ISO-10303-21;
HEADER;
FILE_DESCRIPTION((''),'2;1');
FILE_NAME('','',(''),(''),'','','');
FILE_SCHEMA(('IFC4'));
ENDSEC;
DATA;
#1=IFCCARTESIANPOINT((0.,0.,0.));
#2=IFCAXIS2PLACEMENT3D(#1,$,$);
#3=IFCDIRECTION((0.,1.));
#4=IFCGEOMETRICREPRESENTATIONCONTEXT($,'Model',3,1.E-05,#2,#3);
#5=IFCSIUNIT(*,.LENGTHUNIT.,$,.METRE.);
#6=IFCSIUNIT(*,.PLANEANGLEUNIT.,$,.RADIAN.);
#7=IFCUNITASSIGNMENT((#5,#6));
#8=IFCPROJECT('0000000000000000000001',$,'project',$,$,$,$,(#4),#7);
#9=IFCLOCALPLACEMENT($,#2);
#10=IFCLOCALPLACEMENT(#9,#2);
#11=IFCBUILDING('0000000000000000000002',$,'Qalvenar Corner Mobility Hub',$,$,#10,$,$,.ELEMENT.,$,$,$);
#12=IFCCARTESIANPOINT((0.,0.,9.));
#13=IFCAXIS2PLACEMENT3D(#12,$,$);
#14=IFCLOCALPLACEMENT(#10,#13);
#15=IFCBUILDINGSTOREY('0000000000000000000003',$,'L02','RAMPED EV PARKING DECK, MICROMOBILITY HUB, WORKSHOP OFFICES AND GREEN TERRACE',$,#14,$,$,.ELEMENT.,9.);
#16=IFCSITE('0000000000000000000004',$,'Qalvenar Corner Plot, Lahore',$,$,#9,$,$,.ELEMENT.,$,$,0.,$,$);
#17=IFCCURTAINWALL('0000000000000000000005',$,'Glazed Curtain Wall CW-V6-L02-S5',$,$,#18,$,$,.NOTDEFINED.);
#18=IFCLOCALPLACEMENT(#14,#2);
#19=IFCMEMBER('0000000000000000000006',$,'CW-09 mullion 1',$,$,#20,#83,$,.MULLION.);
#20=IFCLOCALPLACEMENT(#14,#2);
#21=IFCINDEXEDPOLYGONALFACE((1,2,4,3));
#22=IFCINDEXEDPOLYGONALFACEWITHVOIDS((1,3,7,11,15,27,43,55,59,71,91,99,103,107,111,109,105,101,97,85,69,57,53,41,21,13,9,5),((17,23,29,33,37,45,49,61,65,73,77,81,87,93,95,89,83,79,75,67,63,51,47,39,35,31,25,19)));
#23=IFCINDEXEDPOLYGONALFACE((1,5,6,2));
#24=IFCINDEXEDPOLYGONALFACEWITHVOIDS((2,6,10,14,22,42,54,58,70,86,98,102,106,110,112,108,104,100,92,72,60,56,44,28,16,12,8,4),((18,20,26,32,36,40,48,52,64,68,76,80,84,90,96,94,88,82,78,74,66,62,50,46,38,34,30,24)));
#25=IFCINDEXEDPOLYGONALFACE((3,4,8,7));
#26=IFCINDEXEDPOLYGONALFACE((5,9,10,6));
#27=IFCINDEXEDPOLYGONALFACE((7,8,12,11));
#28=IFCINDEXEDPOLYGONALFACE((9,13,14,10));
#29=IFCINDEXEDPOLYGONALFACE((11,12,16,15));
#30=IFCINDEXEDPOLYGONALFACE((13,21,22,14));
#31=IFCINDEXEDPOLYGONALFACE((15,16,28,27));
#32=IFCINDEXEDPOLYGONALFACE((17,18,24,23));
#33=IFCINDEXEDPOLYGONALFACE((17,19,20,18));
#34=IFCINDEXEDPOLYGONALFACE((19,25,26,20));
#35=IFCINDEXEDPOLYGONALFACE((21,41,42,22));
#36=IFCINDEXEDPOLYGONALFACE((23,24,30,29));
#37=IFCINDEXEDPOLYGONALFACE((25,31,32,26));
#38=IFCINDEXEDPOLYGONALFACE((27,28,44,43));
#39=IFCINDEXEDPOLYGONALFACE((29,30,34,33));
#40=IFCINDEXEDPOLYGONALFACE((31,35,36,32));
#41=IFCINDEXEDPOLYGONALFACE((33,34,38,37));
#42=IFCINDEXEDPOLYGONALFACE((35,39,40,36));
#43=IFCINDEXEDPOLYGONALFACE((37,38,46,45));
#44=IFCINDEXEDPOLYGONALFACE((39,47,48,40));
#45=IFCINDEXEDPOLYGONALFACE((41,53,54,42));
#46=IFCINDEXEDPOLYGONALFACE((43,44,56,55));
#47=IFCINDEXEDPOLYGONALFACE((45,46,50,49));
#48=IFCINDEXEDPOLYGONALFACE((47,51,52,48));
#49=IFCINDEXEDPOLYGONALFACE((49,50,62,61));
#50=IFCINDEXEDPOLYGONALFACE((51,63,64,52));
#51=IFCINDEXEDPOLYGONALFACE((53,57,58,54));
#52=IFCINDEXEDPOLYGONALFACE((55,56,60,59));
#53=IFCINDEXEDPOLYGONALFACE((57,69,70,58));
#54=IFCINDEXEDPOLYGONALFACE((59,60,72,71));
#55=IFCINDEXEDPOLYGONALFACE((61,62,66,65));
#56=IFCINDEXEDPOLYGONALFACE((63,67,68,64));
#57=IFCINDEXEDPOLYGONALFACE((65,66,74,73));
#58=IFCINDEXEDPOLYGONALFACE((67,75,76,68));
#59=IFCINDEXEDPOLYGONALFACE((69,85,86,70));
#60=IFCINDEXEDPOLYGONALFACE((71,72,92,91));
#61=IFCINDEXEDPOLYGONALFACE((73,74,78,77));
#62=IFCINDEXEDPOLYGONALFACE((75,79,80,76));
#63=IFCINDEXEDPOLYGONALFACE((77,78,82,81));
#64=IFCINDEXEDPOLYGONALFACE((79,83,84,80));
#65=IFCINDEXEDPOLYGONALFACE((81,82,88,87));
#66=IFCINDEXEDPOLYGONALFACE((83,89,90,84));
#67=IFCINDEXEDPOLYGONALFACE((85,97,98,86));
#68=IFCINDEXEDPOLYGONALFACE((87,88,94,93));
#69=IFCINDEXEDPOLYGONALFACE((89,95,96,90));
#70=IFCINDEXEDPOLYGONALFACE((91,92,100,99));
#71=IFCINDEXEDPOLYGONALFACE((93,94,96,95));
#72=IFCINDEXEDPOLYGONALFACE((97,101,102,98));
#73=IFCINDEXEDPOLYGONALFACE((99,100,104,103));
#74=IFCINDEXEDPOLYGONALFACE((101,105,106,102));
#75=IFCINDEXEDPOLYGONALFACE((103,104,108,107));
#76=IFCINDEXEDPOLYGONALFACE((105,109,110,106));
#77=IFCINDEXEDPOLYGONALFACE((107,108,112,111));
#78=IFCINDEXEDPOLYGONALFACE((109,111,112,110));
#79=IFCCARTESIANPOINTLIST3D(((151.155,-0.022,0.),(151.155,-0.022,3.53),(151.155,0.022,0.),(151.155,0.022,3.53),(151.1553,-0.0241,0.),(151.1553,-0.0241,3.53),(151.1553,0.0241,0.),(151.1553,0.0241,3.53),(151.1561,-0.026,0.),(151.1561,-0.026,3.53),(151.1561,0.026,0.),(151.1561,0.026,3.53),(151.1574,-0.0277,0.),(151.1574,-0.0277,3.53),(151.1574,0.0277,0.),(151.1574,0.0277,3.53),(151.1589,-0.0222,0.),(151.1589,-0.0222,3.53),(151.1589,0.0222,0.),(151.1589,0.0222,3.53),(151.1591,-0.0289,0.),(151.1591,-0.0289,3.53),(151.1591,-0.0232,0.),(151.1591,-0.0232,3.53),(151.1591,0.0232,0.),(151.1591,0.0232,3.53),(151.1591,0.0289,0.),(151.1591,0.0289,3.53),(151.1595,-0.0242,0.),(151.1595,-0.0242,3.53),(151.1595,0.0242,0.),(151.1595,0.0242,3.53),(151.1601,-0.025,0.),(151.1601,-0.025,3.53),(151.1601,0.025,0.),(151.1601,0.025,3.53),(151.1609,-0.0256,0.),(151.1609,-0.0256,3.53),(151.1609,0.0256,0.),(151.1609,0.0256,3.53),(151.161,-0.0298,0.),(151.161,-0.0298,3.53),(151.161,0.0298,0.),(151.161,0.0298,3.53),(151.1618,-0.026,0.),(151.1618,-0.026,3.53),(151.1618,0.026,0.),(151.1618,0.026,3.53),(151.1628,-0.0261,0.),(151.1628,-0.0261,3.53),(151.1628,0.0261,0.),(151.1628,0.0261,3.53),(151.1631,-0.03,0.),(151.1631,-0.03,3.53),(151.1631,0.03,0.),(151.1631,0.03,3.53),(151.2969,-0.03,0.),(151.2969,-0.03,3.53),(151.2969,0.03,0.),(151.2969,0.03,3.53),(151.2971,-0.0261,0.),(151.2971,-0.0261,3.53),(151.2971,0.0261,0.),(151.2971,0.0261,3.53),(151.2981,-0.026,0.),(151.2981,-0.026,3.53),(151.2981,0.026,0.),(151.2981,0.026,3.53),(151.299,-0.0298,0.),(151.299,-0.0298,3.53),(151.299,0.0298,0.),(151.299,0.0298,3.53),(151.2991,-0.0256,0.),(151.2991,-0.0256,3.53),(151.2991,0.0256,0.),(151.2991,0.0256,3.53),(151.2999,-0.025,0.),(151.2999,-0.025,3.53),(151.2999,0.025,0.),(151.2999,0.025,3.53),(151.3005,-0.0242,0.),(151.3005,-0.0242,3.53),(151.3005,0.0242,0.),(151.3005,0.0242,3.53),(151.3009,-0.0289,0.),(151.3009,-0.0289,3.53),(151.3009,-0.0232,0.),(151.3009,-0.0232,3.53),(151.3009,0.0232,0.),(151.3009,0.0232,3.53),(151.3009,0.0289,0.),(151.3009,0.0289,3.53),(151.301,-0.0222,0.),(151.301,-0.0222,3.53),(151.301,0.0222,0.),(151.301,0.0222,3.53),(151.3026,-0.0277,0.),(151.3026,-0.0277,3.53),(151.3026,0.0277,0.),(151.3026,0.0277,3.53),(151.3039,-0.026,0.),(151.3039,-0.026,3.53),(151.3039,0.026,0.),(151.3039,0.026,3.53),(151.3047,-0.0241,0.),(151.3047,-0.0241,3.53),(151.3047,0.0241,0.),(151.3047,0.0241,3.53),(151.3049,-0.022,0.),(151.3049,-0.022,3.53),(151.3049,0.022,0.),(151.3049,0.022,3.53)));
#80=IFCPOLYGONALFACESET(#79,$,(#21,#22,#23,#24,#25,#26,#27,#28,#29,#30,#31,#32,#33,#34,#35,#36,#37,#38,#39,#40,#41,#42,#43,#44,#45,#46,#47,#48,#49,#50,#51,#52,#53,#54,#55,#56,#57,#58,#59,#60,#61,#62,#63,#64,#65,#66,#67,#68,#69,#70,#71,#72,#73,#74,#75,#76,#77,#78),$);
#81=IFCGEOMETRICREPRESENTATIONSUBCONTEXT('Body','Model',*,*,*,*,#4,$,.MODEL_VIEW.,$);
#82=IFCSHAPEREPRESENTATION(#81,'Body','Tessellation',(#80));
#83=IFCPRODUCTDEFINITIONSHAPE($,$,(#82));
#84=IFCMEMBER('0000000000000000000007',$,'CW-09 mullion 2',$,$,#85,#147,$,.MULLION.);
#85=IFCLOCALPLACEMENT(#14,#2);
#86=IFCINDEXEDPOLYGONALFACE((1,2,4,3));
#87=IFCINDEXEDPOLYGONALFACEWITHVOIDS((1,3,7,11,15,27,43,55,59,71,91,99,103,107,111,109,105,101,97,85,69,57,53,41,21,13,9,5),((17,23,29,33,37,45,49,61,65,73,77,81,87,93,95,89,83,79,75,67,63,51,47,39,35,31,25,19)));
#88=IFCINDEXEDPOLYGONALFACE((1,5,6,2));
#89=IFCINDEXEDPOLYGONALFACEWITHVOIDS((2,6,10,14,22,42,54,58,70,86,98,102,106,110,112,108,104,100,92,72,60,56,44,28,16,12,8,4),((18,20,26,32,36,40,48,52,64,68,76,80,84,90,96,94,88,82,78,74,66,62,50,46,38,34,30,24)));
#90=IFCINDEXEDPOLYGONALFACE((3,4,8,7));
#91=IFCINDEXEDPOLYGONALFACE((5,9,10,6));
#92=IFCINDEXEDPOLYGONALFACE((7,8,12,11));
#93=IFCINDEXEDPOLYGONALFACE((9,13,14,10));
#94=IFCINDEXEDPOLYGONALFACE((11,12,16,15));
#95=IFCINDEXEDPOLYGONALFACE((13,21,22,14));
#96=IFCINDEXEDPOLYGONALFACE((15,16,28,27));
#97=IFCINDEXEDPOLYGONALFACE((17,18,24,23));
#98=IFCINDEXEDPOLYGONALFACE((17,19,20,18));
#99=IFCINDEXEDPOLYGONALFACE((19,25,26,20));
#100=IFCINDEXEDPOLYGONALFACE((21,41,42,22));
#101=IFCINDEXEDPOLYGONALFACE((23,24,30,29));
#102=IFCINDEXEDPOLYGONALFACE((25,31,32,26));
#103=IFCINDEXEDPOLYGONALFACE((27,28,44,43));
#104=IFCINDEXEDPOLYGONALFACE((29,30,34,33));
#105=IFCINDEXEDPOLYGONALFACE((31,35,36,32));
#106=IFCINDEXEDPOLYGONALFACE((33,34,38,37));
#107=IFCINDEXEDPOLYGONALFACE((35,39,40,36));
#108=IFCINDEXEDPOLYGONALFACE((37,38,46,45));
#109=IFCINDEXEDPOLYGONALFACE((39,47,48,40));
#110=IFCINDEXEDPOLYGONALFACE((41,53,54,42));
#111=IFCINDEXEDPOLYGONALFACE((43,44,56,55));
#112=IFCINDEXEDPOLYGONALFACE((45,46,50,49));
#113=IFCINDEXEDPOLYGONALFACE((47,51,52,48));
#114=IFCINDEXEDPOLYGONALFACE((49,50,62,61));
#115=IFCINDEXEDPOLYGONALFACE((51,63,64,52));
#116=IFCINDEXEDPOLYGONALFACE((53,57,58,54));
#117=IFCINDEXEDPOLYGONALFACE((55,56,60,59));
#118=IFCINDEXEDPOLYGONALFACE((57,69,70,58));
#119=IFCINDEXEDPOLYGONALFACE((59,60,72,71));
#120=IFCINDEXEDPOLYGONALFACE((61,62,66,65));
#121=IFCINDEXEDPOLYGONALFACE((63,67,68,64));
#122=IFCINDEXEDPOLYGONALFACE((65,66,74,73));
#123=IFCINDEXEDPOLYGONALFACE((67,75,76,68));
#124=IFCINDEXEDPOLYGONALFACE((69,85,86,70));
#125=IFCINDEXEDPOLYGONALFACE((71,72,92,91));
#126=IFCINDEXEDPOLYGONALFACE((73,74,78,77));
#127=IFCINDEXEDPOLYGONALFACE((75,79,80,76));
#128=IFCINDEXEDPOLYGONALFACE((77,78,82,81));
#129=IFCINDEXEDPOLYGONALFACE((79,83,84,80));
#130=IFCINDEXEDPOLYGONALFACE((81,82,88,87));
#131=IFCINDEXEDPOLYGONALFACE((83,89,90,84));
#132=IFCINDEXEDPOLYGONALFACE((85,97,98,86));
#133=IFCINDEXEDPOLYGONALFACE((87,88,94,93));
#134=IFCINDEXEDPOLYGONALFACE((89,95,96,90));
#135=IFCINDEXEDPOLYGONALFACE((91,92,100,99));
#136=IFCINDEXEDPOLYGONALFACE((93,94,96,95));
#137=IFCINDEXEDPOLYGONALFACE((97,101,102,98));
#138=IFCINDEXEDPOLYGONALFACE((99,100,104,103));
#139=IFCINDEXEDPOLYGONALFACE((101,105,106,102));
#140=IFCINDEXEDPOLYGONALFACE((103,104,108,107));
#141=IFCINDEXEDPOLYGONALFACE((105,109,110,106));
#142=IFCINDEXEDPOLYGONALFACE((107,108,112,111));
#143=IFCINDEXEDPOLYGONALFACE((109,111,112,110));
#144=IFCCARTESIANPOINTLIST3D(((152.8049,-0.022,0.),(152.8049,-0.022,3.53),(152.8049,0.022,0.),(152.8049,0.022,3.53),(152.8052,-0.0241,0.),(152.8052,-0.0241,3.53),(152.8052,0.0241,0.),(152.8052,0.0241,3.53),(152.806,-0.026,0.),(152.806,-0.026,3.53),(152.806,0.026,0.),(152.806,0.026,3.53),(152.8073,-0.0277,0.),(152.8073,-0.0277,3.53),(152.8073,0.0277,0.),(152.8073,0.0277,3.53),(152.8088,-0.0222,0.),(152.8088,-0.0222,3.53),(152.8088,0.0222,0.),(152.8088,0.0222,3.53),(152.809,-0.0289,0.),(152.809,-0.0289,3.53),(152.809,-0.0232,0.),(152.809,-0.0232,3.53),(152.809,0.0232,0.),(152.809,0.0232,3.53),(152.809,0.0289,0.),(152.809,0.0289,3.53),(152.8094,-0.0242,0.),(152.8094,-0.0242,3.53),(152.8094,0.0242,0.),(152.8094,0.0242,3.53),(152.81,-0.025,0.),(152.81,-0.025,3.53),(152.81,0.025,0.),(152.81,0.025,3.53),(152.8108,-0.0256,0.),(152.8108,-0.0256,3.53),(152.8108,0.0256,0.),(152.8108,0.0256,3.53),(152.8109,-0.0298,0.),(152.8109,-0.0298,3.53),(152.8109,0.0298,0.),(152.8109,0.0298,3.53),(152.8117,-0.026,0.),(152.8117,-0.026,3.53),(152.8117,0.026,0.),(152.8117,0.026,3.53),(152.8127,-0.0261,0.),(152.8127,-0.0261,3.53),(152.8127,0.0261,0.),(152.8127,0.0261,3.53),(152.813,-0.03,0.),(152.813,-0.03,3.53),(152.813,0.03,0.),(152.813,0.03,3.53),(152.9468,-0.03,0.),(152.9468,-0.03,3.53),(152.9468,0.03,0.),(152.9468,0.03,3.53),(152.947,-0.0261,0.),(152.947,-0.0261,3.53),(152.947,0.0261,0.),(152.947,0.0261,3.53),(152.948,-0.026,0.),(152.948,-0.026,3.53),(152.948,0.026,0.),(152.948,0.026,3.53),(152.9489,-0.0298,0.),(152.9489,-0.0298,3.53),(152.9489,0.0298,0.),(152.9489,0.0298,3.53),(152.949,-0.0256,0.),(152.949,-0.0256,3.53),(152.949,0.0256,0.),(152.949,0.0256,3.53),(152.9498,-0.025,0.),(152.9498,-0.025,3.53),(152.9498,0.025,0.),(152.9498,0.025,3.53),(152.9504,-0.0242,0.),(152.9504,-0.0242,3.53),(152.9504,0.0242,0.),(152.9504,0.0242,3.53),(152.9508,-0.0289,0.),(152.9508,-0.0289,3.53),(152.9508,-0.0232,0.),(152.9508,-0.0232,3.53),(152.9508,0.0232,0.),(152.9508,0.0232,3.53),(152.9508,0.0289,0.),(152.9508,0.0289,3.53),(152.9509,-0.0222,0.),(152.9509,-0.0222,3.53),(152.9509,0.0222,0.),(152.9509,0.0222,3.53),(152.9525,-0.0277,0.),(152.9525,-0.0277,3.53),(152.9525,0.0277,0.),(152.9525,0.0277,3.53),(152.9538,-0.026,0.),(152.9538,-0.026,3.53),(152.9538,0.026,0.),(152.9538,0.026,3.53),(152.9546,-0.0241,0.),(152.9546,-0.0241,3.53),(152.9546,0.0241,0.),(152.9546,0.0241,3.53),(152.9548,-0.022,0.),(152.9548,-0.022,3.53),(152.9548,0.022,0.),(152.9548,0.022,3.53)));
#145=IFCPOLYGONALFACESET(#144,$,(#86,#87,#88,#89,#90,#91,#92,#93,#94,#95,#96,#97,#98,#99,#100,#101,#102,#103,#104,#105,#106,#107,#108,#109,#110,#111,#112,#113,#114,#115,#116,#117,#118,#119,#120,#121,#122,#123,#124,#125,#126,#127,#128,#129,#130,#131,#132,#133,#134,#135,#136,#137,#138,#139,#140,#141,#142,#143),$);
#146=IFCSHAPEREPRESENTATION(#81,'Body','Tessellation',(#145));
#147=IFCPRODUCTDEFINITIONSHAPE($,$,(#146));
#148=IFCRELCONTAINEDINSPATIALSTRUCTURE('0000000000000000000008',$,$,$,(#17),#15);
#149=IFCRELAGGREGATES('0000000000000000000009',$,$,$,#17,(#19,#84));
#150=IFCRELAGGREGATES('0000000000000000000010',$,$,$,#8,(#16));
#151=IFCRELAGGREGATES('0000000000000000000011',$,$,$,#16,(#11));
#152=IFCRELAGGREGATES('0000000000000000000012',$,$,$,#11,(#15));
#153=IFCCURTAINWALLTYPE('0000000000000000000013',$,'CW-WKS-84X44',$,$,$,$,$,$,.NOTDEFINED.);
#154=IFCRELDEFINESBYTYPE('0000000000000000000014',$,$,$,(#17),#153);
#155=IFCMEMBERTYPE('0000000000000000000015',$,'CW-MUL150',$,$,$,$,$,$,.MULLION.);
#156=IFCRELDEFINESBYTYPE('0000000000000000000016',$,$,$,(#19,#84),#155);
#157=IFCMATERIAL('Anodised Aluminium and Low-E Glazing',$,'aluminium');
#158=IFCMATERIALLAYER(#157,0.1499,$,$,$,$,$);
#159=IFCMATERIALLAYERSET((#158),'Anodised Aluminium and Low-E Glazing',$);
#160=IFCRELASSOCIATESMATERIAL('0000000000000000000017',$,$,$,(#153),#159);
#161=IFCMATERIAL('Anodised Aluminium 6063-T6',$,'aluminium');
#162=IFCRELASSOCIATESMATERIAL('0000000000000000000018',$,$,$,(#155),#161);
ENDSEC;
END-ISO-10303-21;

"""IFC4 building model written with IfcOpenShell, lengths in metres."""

from ifc_helpers import new_model, si_unit, direction, frame, origin, origin_2d, place, context, subcontext, project, spatial, hollow_rectangle, extrude, material, layer, layer_set, material_profile, profile_set, type_object, element, aggregate, save


model = new_model("IFC4")

# Units and contexts
model_context = context("Model", 3, precision=1e-05, world=origin(), true_north=direction((0.0, 1.0)))
body_context = subcontext(model_context, "Body", "Model", "MODEL_VIEW")
ifc_project = project(units=[si_unit("LENGTHUNIT", "METRE"), si_unit("PLANEANGLEUNIT", "RADIAN")], contexts=[model_context])

# Site, building, storey
site_placement = place(None, origin())
site = spatial("IfcSite", under=ifc_project, at=site_placement, Name="Qalvenar Corner Plot, Lahore", CompositionType="ELEMENT", RefElevation=0.0)
building_placement = place(site_placement, origin())
building = spatial("IfcBuilding", under=site, at=building_placement, Name="Qalvenar Corner Mobility Hub", CompositionType="ELEMENT")
storey_placement = place(building_placement, frame((0.0, 0.0, 9.0)))
storey = spatial("IfcBuildingStorey", under=building, at=storey_placement, Name="L02", Description="RAMPED EV PARKING DECK, MICROMOBILITY HUB, WORKSHOP OFFICES AND GREEN TERRACE", CompositionType="ELEMENT", Elevation=9.0)

# Curtain wall, members
ifc_material_1 = material(Name="Anodised Aluminium and Low-E Glazing", Category="aluminium")
ifc_layer_1 = layer(ifc_material_1, 0.1499)
ifc_layer_set_1 = layer_set([ifc_layer_1], Name="Anodised Aluminium and Low-E Glazing")
curtain_wall_type = type_object("IfcCurtainWallType", Name="CW-WKS-84X44", PredefinedType="NOTDEFINED", material=ifc_layer_set_1)
curtain_wall_placement = place(storey_placement, origin())
curtain_wall = element("IfcCurtainWall", 1, at=curtain_wall_placement, inside=storey, type_object=curtain_wall_type, Name="Glazed Curtain Wall CW-V6-L02-S5", PredefinedType="NOTDEFINED")
ifc_material_2 = material(Name="Anodised Aluminium 6063-T6", Category="aluminium")
ifc_material_profile_1 = material_profile(ifc_material_2, hollow_rectangle(XDim=0.0601, YDim=0.1499, WallThickness=0.0039, InnerFilletRadius=0.0039, OuterFilletRadius=0.0081, at=origin_2d()), Name="RHS150x60x4")
ifc_profile_set_1 = profile_set([ifc_material_profile_1], Name="Anodised Aluminium 6063-T6")
member_type_1 = type_object("IfcMemberType", Name="CW-MUL150", PredefinedType="MULLION", material=ifc_profile_set_1)
member_1_placement = place(storey_placement, frame((151.23, 0.0, 0.0), z_axis=(0.0, 0.0, 1.0), x_axis=(0.0, 1.0, 0.0)))
member_1 = element("IfcMember", 2, at=member_1_placement, type_object=member_type_1, Name="CW-09 mullion 1", PredefinedType="MULLION", context=body_context, shape_type="SweptSolid", body=[
    extrude(hollow_rectangle(XDim=0.0601, YDim=0.1499, WallThickness=0.0039, InnerFilletRadius=0.0039, OuterFilletRadius=0.0081, at=origin_2d()), origin(), (0.0, 0.0, 1.0), 3.53),
])
member_2_placement = place(storey_placement, frame((152.8799, 0.0, 0.0), z_axis=(0.0, 0.0, 1.0), x_axis=(0.0, 1.0, 0.0)))
member_2 = element("IfcMember", 3, at=member_2_placement, type_object=member_type_1, Name="CW-09 mullion 2", PredefinedType="MULLION", context=body_context, shape_type="SweptSolid", body=[
    extrude(hollow_rectangle(XDim=0.0601, YDim=0.1499, WallThickness=0.0039, InnerFilletRadius=0.0039, OuterFilletRadius=0.0081, at=origin_2d()), origin(), (0.0, 0.0, 1.0), 3.53),
])
aggregate(curtain_wall, [member_1, member_2])

save(model, "model.ifc")
